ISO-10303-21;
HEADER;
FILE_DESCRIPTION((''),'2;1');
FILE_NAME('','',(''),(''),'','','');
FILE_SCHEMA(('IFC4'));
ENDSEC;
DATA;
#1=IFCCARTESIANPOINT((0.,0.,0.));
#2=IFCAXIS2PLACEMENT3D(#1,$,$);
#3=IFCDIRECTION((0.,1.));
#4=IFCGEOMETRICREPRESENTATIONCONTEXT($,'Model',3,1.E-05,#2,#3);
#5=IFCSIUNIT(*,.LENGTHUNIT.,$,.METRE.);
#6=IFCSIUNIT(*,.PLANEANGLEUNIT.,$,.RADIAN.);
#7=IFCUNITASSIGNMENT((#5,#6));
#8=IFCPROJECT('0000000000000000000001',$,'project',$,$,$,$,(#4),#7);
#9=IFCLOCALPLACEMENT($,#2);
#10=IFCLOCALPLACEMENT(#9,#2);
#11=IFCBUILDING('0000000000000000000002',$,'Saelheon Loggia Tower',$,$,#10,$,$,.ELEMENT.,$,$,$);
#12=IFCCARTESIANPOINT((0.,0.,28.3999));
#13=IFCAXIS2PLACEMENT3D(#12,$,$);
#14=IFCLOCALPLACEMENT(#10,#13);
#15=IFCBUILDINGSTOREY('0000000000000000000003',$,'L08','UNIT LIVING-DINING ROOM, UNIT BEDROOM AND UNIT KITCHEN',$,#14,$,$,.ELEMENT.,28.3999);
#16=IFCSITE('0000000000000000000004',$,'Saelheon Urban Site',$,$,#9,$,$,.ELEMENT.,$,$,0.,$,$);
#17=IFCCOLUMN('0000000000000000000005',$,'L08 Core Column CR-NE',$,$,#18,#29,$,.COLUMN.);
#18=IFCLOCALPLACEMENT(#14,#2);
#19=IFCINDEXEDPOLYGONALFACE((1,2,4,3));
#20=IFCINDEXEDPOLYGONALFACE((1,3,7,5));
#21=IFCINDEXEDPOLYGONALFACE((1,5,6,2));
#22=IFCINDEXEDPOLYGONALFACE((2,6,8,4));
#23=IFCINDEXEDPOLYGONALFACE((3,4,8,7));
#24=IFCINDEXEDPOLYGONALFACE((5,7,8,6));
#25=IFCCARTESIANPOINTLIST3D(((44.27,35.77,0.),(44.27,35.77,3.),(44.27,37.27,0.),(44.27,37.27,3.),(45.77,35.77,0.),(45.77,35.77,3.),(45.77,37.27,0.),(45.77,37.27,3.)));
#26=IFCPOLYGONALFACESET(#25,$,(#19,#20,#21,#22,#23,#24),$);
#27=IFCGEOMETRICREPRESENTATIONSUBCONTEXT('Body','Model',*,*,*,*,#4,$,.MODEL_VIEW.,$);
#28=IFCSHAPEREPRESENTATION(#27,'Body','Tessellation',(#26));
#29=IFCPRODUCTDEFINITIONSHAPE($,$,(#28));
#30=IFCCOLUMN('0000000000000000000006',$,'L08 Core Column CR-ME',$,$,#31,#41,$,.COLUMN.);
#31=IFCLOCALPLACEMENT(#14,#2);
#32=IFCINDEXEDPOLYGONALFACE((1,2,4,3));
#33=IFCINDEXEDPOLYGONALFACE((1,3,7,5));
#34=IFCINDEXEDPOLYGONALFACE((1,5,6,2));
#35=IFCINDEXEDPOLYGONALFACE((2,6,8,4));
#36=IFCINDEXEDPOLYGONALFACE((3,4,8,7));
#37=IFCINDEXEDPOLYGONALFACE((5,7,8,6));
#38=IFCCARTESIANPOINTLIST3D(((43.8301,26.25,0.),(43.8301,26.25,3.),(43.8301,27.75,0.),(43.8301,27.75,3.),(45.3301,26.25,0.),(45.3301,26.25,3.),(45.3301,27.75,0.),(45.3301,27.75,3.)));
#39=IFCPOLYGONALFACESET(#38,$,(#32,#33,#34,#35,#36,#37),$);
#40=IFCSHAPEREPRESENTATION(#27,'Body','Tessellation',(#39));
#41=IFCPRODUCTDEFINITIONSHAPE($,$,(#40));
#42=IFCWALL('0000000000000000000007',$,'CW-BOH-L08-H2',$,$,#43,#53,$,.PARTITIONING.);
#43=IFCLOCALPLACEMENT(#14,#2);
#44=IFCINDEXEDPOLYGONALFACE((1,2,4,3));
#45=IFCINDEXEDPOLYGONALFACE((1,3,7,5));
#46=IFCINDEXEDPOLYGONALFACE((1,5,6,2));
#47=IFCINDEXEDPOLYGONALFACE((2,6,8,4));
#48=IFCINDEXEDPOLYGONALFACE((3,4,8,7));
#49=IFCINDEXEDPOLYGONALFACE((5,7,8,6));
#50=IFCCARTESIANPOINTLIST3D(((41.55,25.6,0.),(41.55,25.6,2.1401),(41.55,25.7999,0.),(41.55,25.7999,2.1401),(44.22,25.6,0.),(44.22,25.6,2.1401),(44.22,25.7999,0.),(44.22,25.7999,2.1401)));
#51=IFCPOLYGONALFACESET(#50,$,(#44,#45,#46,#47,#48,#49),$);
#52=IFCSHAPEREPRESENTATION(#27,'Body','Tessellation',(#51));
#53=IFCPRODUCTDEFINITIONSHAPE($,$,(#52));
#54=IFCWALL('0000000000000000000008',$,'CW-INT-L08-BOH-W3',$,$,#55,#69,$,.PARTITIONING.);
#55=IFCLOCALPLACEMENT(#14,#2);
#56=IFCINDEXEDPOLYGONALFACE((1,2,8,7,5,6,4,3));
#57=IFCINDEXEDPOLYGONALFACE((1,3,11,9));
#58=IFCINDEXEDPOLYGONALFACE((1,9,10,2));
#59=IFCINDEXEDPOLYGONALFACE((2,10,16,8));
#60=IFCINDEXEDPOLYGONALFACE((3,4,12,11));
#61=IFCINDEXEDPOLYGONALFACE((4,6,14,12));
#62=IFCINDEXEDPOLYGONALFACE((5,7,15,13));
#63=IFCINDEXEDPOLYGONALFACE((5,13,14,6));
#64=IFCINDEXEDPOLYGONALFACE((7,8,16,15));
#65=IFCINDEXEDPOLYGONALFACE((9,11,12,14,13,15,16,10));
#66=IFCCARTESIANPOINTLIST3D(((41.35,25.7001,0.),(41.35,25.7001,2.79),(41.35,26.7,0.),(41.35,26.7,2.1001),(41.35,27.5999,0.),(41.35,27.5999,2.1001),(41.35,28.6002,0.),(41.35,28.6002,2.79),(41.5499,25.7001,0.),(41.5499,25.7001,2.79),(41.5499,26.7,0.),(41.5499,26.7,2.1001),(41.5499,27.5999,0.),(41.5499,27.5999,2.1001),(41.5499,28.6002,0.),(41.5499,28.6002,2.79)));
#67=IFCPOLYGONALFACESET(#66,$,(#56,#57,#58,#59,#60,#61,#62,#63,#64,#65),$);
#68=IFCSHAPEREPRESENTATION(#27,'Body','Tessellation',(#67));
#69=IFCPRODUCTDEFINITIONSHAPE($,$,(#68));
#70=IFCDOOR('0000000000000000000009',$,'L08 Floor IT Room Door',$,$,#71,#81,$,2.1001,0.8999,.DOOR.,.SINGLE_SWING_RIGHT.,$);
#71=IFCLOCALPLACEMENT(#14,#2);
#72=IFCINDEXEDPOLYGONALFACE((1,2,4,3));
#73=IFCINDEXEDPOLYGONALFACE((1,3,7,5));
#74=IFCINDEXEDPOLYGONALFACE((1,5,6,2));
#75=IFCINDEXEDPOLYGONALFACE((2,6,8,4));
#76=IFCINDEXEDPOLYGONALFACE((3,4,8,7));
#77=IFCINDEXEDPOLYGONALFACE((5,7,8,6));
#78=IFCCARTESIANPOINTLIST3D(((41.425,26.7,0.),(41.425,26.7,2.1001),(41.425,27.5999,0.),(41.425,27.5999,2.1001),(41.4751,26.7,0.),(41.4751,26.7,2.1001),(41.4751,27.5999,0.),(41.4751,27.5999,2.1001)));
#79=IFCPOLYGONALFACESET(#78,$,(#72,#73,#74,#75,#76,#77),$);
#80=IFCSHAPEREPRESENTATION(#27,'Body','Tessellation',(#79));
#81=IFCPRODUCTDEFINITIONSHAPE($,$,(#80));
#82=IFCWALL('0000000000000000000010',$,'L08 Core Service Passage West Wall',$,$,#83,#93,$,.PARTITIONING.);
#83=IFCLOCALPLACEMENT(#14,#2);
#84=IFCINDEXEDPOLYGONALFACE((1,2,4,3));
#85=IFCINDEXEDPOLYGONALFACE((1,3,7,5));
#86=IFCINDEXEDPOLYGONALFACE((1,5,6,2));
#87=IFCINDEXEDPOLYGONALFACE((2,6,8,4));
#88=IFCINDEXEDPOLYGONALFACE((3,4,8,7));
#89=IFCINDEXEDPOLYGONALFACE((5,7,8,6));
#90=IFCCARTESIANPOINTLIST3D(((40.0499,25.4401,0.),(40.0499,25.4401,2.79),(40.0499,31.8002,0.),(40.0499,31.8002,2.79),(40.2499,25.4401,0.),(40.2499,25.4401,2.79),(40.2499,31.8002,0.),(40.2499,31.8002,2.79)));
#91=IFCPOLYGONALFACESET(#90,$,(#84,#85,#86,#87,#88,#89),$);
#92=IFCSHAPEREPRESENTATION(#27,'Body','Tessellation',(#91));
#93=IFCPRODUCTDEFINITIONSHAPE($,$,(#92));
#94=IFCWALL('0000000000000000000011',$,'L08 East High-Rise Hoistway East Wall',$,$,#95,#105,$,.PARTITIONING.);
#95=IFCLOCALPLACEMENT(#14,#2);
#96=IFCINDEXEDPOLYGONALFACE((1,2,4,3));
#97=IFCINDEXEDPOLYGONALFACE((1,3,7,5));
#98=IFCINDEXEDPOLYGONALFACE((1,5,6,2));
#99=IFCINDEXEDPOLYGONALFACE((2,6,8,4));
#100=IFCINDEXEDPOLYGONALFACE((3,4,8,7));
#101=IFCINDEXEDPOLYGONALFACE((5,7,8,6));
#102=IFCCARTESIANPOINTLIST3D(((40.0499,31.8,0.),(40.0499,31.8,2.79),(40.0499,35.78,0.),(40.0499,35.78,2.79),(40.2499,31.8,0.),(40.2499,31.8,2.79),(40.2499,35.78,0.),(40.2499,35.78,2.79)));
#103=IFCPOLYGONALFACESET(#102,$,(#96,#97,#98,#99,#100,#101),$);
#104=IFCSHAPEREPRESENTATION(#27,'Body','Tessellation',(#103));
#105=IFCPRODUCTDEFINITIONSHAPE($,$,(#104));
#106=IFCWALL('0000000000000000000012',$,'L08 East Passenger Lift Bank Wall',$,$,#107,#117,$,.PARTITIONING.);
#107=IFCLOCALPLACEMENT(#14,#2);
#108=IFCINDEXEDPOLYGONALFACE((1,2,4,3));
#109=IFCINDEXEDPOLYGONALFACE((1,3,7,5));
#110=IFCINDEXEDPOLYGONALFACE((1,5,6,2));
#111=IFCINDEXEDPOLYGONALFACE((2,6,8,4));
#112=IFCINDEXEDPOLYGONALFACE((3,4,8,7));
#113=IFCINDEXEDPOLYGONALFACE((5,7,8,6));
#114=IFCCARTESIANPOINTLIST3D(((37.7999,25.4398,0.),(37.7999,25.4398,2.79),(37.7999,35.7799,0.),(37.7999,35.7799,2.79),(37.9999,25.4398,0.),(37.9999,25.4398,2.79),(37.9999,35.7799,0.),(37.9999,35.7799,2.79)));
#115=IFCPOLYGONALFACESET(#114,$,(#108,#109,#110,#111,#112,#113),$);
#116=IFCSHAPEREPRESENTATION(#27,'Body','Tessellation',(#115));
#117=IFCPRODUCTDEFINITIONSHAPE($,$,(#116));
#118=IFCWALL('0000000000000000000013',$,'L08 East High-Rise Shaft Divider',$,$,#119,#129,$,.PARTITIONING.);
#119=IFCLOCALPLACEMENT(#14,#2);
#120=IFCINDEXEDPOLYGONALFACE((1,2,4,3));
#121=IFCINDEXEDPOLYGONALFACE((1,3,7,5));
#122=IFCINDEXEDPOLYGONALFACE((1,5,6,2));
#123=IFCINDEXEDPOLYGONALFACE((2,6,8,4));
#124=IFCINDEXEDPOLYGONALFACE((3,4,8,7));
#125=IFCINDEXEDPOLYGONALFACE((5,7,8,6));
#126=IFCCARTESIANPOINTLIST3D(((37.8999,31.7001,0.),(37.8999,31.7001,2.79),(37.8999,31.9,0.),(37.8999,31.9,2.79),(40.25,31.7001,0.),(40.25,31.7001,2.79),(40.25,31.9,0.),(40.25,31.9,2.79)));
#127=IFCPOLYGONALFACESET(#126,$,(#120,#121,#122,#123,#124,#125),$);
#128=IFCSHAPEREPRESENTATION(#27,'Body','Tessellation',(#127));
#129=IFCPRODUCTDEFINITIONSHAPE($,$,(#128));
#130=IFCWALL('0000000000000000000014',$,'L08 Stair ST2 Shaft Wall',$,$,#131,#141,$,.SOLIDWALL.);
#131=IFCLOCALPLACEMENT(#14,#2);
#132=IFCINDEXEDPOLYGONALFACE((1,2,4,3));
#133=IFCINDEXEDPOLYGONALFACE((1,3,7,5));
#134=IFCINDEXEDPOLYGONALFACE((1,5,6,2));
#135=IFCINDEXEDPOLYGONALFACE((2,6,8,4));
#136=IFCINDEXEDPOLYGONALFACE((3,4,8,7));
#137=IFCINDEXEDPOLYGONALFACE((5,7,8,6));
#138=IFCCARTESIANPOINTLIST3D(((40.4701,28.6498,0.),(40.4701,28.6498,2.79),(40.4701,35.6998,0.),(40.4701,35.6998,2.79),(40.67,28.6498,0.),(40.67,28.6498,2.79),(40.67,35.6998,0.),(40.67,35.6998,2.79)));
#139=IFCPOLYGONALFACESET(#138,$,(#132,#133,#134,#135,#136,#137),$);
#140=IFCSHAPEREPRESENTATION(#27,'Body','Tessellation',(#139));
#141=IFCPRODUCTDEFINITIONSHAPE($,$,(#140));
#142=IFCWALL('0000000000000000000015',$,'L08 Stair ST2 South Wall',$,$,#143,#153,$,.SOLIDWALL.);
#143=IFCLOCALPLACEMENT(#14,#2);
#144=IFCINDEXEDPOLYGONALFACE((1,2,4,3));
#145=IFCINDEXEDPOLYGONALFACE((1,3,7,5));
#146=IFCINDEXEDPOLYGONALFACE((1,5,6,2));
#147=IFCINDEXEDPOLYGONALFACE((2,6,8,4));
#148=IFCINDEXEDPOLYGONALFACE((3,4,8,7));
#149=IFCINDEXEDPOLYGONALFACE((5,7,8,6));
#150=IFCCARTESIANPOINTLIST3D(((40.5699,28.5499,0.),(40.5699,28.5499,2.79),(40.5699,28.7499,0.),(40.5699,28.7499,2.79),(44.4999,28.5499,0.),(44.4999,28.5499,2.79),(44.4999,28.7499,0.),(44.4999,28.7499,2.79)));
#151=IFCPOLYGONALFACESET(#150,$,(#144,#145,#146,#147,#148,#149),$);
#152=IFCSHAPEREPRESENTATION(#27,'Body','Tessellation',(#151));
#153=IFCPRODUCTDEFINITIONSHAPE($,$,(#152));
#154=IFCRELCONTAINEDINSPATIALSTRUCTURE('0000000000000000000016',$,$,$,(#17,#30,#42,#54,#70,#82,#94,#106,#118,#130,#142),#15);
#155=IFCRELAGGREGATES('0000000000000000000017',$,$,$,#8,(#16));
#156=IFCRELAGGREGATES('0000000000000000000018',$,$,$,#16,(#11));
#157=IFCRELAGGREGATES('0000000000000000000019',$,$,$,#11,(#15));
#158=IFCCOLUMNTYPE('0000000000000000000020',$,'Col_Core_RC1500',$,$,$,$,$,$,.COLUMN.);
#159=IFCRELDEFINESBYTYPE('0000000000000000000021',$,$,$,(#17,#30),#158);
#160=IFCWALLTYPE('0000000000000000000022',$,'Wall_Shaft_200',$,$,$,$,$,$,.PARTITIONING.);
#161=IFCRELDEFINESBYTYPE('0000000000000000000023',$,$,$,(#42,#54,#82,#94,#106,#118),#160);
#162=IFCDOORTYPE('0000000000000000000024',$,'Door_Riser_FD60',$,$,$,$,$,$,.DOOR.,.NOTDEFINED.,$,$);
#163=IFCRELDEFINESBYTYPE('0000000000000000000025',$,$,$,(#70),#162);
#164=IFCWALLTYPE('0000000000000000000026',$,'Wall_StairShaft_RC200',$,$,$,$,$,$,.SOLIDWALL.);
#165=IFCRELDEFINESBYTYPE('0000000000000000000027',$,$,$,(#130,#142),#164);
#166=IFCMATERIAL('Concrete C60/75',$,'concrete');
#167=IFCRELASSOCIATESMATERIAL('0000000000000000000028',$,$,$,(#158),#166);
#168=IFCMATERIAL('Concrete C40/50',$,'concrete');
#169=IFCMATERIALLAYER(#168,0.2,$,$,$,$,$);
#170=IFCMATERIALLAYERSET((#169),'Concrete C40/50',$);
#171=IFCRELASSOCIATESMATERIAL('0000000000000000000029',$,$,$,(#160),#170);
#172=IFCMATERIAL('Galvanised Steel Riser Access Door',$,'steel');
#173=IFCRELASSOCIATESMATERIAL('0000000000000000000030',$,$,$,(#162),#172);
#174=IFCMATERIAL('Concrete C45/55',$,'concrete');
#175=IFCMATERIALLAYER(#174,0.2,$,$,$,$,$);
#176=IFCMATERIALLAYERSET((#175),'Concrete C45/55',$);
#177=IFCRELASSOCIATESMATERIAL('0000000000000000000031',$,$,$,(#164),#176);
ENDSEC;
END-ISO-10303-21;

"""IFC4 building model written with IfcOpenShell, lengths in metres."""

from ifc_helpers import new_model, si_unit, direction, frame, frame_2d, origin, origin_2d, place, context, subcontext, project, spatial, rectangle, extrude, source, transform, mapped, material, layer, layer_set, material_profile, profile_set, type_object, element, fill, save


model = new_model("IFC4")

# Units and contexts
model_context = context("Model", 3, precision=1e-05, world=origin(), true_north=direction((0.0, 1.0)))
body_context = subcontext(model_context, "Body", "Model", "MODEL_VIEW")
ifc_project = project(units=[si_unit("LENGTHUNIT", "METRE"), si_unit("PLANEANGLEUNIT", "RADIAN")], contexts=[model_context])

# Site, building, storey
site_placement = place(None, origin())
site = spatial("IfcSite", under=ifc_project, at=site_placement, Name="Saelheon Urban Site", CompositionType="ELEMENT", RefElevation=0.0)
building_placement = place(site_placement, origin())
building = spatial("IfcBuilding", under=site, at=building_placement, Name="Saelheon Loggia Tower", CompositionType="ELEMENT")
storey_placement = place(building_placement, frame((0.0, 0.0, 28.3999)))
storey = spatial("IfcBuildingStorey", under=building, at=storey_placement, Name="L08", Description="UNIT LIVING-DINING ROOM, UNIT BEDROOM AND UNIT KITCHEN", CompositionType="ELEMENT", Elevation=28.3999)

# Columns
ifc_material_1 = material(Name="Concrete C60/75", Category="concrete")
ifc_material_profile = material_profile(ifc_material_1, rectangle(XDim=1.5, YDim=1.5, at=origin_2d()), Name="RC-1500x1500")
ifc_profile_set = profile_set([ifc_material_profile], Name="Concrete C60/75")
column_type = type_object("IfcColumnType", Name="Col_Core_RC1500", PredefinedType="COLUMN", material=ifc_profile_set)
shared_shape_1 = source(origin(), body_context, "Body", "SweptSolid", [
    extrude(rectangle(XDim=1.5, YDim=1.5, at=origin_2d()), origin(), (0.0, 0.0, 1.0), 3.0),
])
for number, where, z_axis, x_axis, name in (
    (1, (45.02, 36.52, 0.0), (0.0, 0.0, 1.0), (1.0, 0.0, 0.0), "L08 Core Column CR-NE"),
    (2, (44.5801, 27.0, 0.0), (0.0, 0.0, 1.0), (1.0, 0.0, 0.0), "L08 Core Column CR-ME"),
):
    element("IfcColumn", number, at=place(storey_placement, frame(where, z_axis=z_axis, x_axis=x_axis)), inside=storey, type_object=column_type, Name=name, PredefinedType="COLUMN", context=body_context, shape_type="MappedRepresentation", body=[
        mapped(shared_shape_1, transform((0.0, 0.0, 0.0), scale=1.0)),
    ])

# Wall
ifc_material_2 = material(Name="Concrete C40/50", Category="concrete")
ifc_layer_1 = layer(ifc_material_2, 0.2)
ifc_layer_set_1 = layer_set([ifc_layer_1], Name="Concrete C40/50")
wall_type_1 = type_object("IfcWallType", Name="Wall_Shaft_200", PredefinedType="PARTITIONING", material=ifc_layer_set_1)
wall_1_placement = place(storey_placement, frame((41.55, 25.7, 0.0), z_axis=(0.0, 0.0, 1.0), x_axis=(1.0, 0.0, 0.0)))
element("IfcWall", 3, at=wall_1_placement, inside=storey, type_object=wall_type_1, Name="CW-BOH-L08-H2", PredefinedType="PARTITIONING", context=body_context, shape_type="SweptSolid", body=[
    extrude(rectangle(XDim=2.6699, YDim=0.2, at=frame_2d((1.335, 0.0))), origin(), (0.0, 0.0, 1.0), 2.1401),
])

# Wall, opening, door
wall_2_placement = place(storey_placement, frame((41.45, 25.7, 0.0), z_axis=(0.0, 0.0, 1.0), x_axis=(0.0, 1.0, 0.0)))
wall_2 = element("IfcWall", 4, at=wall_2_placement, inside=storey, type_object=wall_type_1, Name="CW-INT-L08-BOH-W3", PredefinedType="PARTITIONING", context=body_context, shape_type="SweptSolid", body=[
    extrude(rectangle(XDim=2.9001, YDim=0.2, at=frame_2d((1.4502, 0.0))), origin(), (0.0, 0.0, 1.0), 2.79),
])
opening_placement = place(wall_2_placement, frame((1.0, 0.0, 0.0)))
opening = element("IfcOpeningElement", 5, at=opening_placement, cuts=wall_2, PredefinedType="OPENING", context=body_context, shape_type="SweptSolid", body=[
    extrude(rectangle(XDim=0.8999, YDim=2.1001, at=frame_2d((0.45, 1.05))), frame((0.0, 0.1121, 0.0), z_axis=(0.0, -1.0, 0.0), x_axis=(1.0, 0.0, 0.0)), (0.0, 0.0, 1.0), 0.2239),
])
ifc_material_3 = material(Name="Galvanised Steel Riser Access Door", Category="steel")
door_type = type_object("IfcDoorType", Name="Door_Riser_FD60", OperationType="NOTDEFINED", PredefinedType="DOOR", material=ifc_material_3)
shared_shape_2 = source(origin(), body_context, "Body", "SweptSolid", [
    extrude(rectangle(XDim=0.8999, YDim=2.1001, at=frame_2d((0.45, 1.05))), frame((0.0, 0.0249, 0.0), z_axis=(0.0, -1.0, 0.0), x_axis=(1.0, 0.0, 0.0)), (0.0, 0.0, 1.0), 0.05),
])
door_placement = place(opening_placement, origin())
door = element("IfcDoor", 6, at=door_placement, inside=storey, type_object=door_type, Name="L08 Floor IT Room Door", OperationType="SINGLE_SWING_RIGHT", OverallHeight=2.1001, OverallWidth=0.8999, PredefinedType="DOOR", context=body_context, shape_type="MappedRepresentation", body=[
    mapped(shared_shape_2, transform((0.0, 0.0, 0.0), scale=1.0)),
])
fill(opening, door)

# Walls
wall_3_placement = place(storey_placement, frame((40.1499, 25.4399, 0.0), z_axis=(0.0, 0.0, 1.0), x_axis=(0.0, 1.0, 0.0)))
element("IfcWall", 7, at=wall_3_placement, inside=storey, type_object=wall_type_1, Name="L08 Core Service Passage West Wall", PredefinedType="PARTITIONING", context=body_context, shape_type="SweptSolid", body=[
    extrude(rectangle(XDim=6.3601, YDim=0.2, at=frame_2d((3.1802, 0.0))), origin(), (0.0, 0.0, 1.0), 2.79),
])
wall_4_placement = place(storey_placement, frame((40.1499, 31.8, 0.0), z_axis=(0.0, 0.0, 1.0), x_axis=(0.0, 1.0, 0.0)))
element("IfcWall", 8, at=wall_4_placement, inside=storey, type_object=wall_type_1, Name="L08 East High-Rise Hoistway East Wall", PredefinedType="PARTITIONING", context=body_context, shape_type="SweptSolid", body=[
    extrude(rectangle(XDim=3.98, YDim=0.2, at=frame_2d((1.99, 0.0))), origin(), (0.0, 0.0, 1.0), 2.79),
])
wall_5_placement = place(storey_placement, frame((37.8999, 25.4399, 0.0), z_axis=(0.0, 0.0, 1.0), x_axis=(0.0, 1.0, 0.0)))
element("IfcWall", 9, at=wall_5_placement, inside=storey, type_object=wall_type_1, Name="L08 East Passenger Lift Bank Wall", PredefinedType="PARTITIONING", context=body_context, shape_type="SweptSolid", body=[
    extrude(rectangle(XDim=10.3401, YDim=0.2, at=frame_2d((5.1699, 0.0))), origin(), (0.0, 0.0, 1.0), 2.79),
])
wall_6_placement = place(storey_placement, frame((37.8999, 31.8, 0.0), z_axis=(0.0, 0.0, 1.0), x_axis=(1.0, 0.0, 0.0)))
element("IfcWall", 10, at=wall_6_placement, inside=storey, type_object=wall_type_1, Name="L08 East High-Rise Shaft Divider", PredefinedType="PARTITIONING", context=body_context, shape_type="SweptSolid", body=[
    extrude(rectangle(XDim=2.3501, YDim=0.2, at=frame_2d((1.175, 0.0))), origin(), (0.0, 0.0, 1.0), 2.79),
])
ifc_material_4 = material(Name="Concrete C45/55", Category="concrete")
ifc_layer_2 = layer(ifc_material_4, 0.2)
ifc_layer_set_2 = layer_set([ifc_layer_2], Name="Concrete C45/55")
wall_type_2 = type_object("IfcWallType", Name="Wall_StairShaft_RC200", PredefinedType="SOLIDWALL", material=ifc_layer_set_2)
wall_7_placement = place(storey_placement, frame((40.5701, 28.6499, 0.0), z_axis=(0.0, 0.0, 1.0), x_axis=(0.0, 1.0, 0.0)))
element("IfcWall", 11, at=wall_7_placement, inside=storey, type_object=wall_type_2, Name="L08 Stair ST2 Shaft Wall", PredefinedType="SOLIDWALL", context=body_context, shape_type="SweptSolid", body=[
    extrude(rectangle(XDim=7.05, YDim=0.2, at=frame_2d((3.5249, 0.0))), origin(), (0.0, 0.0, 1.0), 2.79),
])
wall_8_placement = place(storey_placement, frame((40.5701, 28.6499, 0.0), z_axis=(0.0, 0.0, 1.0), x_axis=(1.0, 0.0, 0.0)))
element("IfcWall", 12, at=wall_8_placement, inside=storey, type_object=wall_type_2, Name="L08 Stair ST2 South Wall", PredefinedType="SOLIDWALL", context=body_context, shape_type="SweptSolid", body=[
    extrude(rectangle(XDim=3.9299, YDim=0.2, at=frame_2d((1.9648, 0.0))), origin(), (0.0, 0.0, 1.0), 2.79),
])

save(model, "model.ifc")
